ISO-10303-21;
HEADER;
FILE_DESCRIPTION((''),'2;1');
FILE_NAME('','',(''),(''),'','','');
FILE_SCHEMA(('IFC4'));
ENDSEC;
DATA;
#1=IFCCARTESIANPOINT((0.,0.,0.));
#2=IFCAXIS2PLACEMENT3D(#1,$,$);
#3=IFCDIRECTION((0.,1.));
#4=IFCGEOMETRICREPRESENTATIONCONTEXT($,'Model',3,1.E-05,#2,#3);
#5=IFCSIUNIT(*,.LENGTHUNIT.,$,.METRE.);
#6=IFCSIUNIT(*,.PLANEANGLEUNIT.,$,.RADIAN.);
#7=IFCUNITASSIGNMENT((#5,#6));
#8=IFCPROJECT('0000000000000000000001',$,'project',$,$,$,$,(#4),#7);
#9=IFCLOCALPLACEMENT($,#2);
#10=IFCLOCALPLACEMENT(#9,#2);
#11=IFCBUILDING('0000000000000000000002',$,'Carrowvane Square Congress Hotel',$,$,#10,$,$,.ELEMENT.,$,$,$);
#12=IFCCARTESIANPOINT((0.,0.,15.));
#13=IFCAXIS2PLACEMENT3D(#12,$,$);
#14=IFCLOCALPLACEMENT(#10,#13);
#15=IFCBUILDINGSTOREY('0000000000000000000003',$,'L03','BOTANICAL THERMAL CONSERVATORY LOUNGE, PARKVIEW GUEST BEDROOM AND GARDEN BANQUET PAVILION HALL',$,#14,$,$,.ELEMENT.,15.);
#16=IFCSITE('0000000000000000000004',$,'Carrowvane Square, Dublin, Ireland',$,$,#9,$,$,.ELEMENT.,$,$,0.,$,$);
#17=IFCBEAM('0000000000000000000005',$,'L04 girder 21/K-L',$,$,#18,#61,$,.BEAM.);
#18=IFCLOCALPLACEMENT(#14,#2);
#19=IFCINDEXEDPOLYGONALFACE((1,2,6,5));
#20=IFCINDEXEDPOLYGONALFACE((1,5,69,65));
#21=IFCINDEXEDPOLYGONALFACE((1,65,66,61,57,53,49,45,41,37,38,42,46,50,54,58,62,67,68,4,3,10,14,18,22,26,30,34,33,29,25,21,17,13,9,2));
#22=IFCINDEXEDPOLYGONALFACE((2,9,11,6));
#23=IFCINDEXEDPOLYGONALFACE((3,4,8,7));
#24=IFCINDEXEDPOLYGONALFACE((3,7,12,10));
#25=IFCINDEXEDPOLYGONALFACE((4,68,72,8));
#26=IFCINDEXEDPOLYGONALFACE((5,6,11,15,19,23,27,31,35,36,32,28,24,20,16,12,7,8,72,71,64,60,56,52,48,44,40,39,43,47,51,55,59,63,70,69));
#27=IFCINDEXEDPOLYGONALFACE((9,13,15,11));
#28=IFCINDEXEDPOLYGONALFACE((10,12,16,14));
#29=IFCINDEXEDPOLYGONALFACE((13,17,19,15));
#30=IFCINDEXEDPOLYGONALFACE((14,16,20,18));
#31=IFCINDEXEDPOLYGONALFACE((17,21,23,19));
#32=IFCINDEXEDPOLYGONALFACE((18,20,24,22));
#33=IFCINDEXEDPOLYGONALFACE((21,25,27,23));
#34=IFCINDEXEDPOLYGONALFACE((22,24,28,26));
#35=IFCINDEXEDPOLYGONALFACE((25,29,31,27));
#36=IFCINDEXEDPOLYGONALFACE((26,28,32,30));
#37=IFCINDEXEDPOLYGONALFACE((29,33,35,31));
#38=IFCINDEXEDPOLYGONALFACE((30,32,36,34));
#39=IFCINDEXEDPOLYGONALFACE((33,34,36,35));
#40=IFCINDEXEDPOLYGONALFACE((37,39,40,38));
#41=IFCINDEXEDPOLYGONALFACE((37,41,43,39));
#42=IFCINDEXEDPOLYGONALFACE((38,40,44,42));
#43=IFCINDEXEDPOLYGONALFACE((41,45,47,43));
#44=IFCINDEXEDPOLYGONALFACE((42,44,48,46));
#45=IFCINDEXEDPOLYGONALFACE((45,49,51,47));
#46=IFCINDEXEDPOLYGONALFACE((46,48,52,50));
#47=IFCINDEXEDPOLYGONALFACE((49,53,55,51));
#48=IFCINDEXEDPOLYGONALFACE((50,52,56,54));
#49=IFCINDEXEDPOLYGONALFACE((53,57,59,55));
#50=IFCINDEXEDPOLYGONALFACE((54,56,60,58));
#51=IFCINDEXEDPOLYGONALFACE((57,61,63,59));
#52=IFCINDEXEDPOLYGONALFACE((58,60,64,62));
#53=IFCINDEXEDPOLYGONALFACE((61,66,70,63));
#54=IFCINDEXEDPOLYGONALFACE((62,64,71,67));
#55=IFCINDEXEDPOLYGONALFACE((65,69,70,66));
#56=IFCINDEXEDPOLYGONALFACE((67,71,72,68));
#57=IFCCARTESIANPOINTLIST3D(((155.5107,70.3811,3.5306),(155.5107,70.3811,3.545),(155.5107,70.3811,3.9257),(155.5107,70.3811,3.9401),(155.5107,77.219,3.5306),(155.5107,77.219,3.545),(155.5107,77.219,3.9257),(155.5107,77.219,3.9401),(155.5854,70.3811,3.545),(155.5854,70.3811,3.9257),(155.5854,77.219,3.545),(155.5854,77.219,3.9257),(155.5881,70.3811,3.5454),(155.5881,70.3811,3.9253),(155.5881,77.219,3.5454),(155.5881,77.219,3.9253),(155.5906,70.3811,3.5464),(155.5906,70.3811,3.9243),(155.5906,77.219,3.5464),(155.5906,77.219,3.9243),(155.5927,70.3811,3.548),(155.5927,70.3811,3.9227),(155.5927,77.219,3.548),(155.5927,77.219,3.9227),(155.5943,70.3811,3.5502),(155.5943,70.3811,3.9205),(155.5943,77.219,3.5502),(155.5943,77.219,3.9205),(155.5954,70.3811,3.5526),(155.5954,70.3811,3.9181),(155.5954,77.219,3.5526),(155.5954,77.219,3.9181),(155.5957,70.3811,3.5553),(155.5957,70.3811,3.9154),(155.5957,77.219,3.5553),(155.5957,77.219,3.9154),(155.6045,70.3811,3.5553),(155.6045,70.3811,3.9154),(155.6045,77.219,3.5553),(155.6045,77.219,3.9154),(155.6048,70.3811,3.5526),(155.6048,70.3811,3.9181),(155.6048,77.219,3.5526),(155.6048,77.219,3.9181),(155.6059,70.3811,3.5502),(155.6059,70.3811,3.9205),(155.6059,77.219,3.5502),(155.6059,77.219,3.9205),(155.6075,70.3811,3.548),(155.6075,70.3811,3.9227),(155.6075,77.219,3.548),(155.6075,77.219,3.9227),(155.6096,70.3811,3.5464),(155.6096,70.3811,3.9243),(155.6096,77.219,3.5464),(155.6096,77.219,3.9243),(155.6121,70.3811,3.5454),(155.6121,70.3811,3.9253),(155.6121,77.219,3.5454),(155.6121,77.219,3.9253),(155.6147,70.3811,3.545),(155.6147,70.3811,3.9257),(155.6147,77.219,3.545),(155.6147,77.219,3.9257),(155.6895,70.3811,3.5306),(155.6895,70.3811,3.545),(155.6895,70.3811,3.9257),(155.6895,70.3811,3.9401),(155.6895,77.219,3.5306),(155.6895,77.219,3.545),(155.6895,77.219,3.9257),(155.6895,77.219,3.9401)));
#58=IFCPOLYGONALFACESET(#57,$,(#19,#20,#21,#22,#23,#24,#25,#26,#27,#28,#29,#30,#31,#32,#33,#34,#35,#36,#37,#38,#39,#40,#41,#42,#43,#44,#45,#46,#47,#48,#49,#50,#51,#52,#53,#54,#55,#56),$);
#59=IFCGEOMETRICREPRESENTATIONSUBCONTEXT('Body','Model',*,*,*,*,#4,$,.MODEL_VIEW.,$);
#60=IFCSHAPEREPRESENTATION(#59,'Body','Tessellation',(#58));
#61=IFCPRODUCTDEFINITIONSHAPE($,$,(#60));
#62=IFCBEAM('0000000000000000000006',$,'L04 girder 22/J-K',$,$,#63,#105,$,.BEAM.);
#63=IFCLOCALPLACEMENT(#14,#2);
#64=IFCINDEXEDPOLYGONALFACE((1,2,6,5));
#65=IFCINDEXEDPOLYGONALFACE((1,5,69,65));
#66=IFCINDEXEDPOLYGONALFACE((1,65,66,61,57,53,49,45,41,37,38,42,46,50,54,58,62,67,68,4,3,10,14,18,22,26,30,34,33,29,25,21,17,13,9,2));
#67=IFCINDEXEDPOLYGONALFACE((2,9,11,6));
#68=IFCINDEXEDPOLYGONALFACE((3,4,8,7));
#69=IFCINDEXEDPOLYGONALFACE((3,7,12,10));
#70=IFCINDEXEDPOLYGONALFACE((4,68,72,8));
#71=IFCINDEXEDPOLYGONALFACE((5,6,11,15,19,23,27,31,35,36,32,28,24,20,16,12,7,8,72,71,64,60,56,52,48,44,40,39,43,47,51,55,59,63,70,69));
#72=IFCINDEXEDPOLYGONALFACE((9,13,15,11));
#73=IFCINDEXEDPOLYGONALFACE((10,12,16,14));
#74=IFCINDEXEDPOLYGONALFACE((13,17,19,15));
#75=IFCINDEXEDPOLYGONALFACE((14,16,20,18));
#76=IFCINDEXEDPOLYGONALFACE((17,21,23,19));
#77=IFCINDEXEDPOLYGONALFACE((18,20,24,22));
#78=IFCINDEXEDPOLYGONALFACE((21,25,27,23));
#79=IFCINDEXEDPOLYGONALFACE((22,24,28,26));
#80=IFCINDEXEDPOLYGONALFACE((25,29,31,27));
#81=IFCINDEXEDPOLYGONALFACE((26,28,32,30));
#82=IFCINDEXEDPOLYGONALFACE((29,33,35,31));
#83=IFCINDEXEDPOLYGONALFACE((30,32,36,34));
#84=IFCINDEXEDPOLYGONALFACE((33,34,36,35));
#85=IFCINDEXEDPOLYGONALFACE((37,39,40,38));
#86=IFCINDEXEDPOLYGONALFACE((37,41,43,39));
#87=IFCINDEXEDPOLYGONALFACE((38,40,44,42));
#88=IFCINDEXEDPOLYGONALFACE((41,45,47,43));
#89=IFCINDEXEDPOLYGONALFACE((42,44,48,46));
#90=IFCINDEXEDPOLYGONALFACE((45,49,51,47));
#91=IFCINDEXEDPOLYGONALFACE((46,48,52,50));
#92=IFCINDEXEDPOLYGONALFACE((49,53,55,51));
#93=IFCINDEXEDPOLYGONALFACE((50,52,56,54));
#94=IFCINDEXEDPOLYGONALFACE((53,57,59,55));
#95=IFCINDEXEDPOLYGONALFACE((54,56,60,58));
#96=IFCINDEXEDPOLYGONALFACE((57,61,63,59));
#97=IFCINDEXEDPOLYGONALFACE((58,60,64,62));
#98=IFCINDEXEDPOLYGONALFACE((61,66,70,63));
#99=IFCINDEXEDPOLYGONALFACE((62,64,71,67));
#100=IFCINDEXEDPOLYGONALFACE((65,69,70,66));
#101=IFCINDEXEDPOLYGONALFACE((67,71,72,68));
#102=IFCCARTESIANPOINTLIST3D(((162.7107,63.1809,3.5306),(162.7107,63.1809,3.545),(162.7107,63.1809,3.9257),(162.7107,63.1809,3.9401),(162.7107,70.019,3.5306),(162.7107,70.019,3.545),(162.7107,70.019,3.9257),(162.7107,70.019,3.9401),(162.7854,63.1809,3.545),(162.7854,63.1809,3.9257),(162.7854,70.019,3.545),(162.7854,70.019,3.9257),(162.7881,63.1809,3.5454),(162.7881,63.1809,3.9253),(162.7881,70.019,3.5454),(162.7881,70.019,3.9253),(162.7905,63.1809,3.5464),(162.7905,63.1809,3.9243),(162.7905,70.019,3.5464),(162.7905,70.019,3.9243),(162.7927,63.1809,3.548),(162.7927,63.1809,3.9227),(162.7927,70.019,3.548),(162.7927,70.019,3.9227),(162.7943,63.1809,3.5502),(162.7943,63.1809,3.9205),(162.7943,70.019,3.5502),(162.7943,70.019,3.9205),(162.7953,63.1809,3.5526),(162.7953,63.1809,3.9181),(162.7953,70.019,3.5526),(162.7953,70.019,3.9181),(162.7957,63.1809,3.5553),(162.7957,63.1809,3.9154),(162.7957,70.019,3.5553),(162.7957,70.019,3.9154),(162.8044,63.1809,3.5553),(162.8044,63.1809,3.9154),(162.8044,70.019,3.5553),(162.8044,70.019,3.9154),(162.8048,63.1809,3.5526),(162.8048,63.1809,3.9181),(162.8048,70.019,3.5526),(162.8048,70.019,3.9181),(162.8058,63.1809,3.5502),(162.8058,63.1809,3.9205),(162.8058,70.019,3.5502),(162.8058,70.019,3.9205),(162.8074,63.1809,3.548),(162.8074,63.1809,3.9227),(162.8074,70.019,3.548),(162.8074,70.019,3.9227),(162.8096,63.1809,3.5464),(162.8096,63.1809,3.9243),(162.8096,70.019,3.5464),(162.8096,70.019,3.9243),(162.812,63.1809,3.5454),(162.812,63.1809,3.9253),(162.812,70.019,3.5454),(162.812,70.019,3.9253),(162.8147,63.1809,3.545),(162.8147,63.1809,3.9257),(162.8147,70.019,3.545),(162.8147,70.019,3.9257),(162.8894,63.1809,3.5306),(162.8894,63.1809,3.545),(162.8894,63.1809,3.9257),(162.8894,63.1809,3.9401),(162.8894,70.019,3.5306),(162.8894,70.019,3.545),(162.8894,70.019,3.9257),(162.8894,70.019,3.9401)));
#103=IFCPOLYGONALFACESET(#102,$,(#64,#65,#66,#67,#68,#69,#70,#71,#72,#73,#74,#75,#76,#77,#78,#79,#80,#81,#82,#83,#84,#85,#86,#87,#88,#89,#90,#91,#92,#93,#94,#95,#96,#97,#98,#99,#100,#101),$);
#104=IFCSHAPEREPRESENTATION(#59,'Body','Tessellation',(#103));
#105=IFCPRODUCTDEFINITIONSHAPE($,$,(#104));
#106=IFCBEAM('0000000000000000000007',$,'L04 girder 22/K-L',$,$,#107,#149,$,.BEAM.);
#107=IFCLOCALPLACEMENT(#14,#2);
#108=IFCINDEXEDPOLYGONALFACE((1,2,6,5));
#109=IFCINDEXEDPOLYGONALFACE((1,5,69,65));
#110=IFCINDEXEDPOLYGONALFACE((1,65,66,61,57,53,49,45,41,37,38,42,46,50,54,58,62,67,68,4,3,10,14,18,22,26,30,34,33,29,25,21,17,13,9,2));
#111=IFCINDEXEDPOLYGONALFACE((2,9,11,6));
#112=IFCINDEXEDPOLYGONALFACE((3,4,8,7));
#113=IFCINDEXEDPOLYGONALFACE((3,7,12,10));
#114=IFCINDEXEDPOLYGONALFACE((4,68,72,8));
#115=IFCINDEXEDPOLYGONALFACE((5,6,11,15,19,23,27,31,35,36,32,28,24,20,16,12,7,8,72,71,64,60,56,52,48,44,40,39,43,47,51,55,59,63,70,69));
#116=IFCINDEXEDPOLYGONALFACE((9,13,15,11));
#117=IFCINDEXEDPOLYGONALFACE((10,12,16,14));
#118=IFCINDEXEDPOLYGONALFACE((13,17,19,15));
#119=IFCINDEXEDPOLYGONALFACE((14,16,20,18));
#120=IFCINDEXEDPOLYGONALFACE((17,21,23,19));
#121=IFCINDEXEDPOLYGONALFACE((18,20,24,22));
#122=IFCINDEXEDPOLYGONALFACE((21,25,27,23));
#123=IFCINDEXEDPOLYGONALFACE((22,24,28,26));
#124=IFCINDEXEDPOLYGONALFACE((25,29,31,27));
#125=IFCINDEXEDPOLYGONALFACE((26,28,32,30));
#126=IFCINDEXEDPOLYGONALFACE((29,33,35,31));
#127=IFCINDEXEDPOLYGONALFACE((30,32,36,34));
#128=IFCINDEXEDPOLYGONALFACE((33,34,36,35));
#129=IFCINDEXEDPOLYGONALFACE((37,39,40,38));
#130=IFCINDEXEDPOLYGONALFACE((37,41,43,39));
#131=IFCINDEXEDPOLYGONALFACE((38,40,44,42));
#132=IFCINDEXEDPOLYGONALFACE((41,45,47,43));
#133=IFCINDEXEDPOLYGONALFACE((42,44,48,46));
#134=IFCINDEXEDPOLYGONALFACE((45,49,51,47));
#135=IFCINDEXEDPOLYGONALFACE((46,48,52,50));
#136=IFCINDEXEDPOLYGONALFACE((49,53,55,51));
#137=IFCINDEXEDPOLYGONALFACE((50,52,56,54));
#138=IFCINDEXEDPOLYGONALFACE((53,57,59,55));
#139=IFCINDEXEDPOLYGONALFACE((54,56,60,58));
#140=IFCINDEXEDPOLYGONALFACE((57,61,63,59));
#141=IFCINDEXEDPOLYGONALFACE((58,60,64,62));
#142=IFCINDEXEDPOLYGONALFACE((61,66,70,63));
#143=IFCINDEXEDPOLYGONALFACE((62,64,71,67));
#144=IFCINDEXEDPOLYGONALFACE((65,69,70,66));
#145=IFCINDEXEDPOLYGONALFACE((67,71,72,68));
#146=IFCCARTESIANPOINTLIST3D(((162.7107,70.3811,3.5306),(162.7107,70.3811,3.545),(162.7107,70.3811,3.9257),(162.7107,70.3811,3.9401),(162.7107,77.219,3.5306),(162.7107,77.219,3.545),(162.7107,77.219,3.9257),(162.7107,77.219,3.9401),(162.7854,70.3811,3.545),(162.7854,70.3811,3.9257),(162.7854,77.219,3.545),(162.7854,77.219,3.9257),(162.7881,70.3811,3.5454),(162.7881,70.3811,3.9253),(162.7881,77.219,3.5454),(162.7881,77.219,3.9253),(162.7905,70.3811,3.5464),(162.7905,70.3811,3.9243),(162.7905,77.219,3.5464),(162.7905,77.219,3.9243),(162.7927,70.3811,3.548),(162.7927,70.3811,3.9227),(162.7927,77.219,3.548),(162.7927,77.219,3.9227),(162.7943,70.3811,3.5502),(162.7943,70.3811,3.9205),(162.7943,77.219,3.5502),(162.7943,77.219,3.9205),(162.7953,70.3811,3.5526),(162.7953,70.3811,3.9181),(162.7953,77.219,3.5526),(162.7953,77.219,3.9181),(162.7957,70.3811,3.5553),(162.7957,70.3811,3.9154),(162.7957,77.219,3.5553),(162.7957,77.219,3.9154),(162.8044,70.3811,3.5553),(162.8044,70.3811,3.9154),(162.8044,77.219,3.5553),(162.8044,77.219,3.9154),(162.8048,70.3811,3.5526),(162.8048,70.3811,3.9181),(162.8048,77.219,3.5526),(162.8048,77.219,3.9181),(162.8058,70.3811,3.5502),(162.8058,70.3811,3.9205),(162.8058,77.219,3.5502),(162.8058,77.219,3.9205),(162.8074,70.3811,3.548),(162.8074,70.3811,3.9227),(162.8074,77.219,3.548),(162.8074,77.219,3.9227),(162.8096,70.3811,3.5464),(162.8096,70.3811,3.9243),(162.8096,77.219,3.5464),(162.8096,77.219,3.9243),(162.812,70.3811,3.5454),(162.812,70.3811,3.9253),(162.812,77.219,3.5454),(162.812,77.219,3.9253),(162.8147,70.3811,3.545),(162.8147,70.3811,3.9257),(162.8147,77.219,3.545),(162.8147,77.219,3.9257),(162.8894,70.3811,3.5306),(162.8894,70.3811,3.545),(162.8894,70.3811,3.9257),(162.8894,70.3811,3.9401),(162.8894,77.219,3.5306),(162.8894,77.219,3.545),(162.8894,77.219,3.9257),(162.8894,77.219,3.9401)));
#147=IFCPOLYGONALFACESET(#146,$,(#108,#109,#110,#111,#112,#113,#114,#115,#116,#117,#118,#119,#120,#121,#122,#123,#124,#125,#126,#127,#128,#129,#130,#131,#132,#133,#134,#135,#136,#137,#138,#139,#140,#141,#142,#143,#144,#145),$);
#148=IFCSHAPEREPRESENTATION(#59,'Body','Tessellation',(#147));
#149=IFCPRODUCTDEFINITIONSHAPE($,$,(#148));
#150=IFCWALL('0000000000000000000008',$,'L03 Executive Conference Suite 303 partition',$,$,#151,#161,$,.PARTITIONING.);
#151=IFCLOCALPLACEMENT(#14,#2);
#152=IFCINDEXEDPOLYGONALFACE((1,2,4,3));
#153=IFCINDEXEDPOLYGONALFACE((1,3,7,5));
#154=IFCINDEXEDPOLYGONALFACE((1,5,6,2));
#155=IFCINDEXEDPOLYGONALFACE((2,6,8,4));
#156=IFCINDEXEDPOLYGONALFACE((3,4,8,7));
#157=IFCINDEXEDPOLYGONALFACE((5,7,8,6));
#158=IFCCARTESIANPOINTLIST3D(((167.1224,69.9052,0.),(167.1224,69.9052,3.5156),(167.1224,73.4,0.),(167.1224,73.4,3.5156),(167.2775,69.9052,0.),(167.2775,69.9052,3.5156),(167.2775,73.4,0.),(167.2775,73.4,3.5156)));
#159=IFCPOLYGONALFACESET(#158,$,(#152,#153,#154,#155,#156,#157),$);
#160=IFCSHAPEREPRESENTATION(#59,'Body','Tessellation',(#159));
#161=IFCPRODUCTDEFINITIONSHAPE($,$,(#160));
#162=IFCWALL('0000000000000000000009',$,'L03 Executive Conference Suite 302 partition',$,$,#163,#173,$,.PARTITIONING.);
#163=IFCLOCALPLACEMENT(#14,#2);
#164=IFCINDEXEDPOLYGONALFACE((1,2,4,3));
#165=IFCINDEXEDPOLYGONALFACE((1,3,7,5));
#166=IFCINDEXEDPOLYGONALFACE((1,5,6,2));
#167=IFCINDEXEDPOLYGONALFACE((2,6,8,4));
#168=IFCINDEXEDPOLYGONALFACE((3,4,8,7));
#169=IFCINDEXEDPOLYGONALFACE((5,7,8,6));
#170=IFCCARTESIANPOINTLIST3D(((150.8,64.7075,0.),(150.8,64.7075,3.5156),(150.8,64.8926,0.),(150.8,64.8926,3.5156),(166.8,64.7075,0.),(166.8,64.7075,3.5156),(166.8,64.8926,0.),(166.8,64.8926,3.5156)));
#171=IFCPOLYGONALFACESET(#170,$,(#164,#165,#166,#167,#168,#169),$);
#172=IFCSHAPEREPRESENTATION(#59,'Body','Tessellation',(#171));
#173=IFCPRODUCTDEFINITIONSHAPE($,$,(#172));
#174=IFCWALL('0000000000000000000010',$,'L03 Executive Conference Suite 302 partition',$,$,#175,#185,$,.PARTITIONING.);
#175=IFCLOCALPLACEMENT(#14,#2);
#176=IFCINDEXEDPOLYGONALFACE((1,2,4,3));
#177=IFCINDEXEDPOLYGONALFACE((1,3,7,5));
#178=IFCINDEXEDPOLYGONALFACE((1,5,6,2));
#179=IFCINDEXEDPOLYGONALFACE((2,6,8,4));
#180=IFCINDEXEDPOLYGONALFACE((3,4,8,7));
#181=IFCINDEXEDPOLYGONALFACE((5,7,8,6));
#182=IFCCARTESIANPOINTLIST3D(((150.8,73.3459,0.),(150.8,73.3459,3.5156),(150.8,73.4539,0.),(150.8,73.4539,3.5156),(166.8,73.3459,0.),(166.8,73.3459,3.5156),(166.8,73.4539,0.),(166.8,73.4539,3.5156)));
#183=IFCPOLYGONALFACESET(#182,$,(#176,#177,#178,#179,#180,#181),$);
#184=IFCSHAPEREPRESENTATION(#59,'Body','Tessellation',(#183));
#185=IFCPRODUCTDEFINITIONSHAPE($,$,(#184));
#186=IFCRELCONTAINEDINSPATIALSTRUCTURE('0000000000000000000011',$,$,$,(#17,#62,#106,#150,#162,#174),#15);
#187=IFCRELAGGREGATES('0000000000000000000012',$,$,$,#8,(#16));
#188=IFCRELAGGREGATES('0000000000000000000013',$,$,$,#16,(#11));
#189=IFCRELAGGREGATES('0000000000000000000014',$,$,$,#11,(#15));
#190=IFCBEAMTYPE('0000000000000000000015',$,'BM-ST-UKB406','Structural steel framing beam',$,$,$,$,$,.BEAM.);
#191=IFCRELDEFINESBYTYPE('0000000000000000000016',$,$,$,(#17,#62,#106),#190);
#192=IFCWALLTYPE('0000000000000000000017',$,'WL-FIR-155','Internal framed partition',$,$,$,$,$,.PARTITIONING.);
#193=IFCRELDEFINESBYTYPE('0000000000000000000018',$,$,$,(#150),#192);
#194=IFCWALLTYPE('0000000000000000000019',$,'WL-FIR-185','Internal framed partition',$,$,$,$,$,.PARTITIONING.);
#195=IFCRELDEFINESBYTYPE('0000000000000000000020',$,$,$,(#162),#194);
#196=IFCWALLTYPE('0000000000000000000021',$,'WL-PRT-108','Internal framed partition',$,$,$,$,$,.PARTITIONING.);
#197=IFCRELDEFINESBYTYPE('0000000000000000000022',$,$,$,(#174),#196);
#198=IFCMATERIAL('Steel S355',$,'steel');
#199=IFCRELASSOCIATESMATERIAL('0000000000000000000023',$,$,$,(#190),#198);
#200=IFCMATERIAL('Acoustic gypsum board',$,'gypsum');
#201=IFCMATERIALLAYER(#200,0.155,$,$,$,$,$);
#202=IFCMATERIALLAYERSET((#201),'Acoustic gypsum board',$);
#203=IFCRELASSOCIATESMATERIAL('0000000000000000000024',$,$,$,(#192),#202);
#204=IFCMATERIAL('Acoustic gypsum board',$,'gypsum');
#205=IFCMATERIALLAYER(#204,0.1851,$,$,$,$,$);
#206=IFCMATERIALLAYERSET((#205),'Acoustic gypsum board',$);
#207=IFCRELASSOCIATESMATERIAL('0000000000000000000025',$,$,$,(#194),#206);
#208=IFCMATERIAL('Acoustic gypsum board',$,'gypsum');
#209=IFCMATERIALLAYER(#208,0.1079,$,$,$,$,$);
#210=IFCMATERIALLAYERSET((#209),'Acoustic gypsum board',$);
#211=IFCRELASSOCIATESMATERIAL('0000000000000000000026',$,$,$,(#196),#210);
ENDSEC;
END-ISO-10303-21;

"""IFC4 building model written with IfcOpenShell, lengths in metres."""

from ifc_helpers import new_model, si_unit, direction, frame, frame_2d, origin, origin_2d, place, context, subcontext, project, spatial, rectangle, i_section, extrude, material, layer, layer_set, material_profile, profile_set, type_object, element, save


model = new_model("IFC4")

# Units and contexts
model_context = context("Model", 3, precision=1e-05, world=origin(), true_north=direction((0.0, 1.0)))
body_context = subcontext(model_context, "Body", "Model", "MODEL_VIEW")
ifc_project = project(units=[si_unit("LENGTHUNIT", "METRE"), si_unit("PLANEANGLEUNIT", "RADIAN")], contexts=[model_context])

# Site, building, storey
site_placement = place(None, origin())
site = spatial("IfcSite", under=ifc_project, at=site_placement, Name="Carrowvane Square, Dublin, Ireland", CompositionType="ELEMENT", RefElevation=0.0)
building_placement = place(site_placement, origin())
building = spatial("IfcBuilding", under=site, at=building_placement, Name="Carrowvane Square Congress Hotel", CompositionType="ELEMENT")
storey_placement = place(building_placement, frame((0.0, 0.0, 15.0)))
storey = spatial("IfcBuildingStorey", under=building, at=storey_placement, Name="L03", Description="BOTANICAL THERMAL CONSERVATORY LOUNGE, PARKVIEW GUEST BEDROOM AND GARDEN BANQUET PAVILION HALL", CompositionType="ELEMENT", Elevation=15.0)

# Beams
ifc_material_1 = material(Name="Steel S355", Category="steel")
ifc_material_profile_1 = material_profile(ifc_material_1, i_section(OverallWidth=0.1787, OverallDepth=0.4094, WebThickness=0.0088, FlangeThickness=0.0144, FilletRadius=0.0103, at=origin_2d()), Name="UKB 406x178x67")
ifc_profile_set_1 = profile_set([ifc_material_profile_1], Name="Steel S355")
beam_type_1 = type_object("IfcBeamType", Name="BM-ST-UKB406", Description="Structural steel framing beam", PredefinedType="BEAM", material=ifc_profile_set_1)
beam_1_placement = place(storey_placement, frame((155.6001, 70.3811, 3.7354), z_axis=(0.0, 1.0, 0.0), x_axis=(-1.0, 0.0, 0.0)))
element("IfcBeam", 1, at=beam_1_placement, inside=storey, type_object=beam_type_1, Name="L04 girder 21/K-L", PredefinedType="BEAM", context=body_context, shape_type="SweptSolid", body=[
    extrude(i_section(OverallWidth=0.1787, OverallDepth=0.4094, WebThickness=0.0088, FlangeThickness=0.0144, FilletRadius=0.0103, at=origin_2d()), origin(), (0.0, 0.0, 1.0), 6.8379),
])
beam_2_placement = place(storey_placement, frame((162.8, 63.1809, 3.7354), z_axis=(0.0, 1.0, 0.0), x_axis=(-1.0, 0.0, 0.0)))
element("IfcBeam", 2, at=beam_2_placement, inside=storey, type_object=beam_type_1, Name="L04 girder 22/J-K", PredefinedType="BEAM", context=body_context, shape_type="SweptSolid", body=[
    extrude(i_section(OverallWidth=0.1787, OverallDepth=0.4094, WebThickness=0.0088, FlangeThickness=0.0144, FilletRadius=0.0103, at=origin_2d()), origin(), (0.0, 0.0, 1.0), 6.8381),
])
beam_3_placement = place(storey_placement, frame((162.8, 70.3811, 3.7354), z_axis=(0.0, 1.0, 0.0), x_axis=(-1.0, 0.0, 0.0)))
element("IfcBeam", 3, at=beam_3_placement, inside=storey, type_object=beam_type_1, Name="L04 girder 22/K-L", PredefinedType="BEAM", context=body_context, shape_type="SweptSolid", body=[
    extrude(i_section(OverallWidth=0.1787, OverallDepth=0.4094, WebThickness=0.0088, FlangeThickness=0.0144, FilletRadius=0.0103, at=origin_2d()), origin(), (0.0, 0.0, 1.0), 6.8379),
])

# Walls
ifc_material_2 = material(Name="Acoustic gypsum board", Category="gypsum")
ifc_layer_1 = layer(ifc_material_2, 0.155)
ifc_layer_set_1 = layer_set([ifc_layer_1], Name="Acoustic gypsum board")
wall_type_1 = type_object("IfcWallType", Name="WL-FIR-155", Description="Internal framed partition", PredefinedType="PARTITIONING", material=ifc_layer_set_1)
wall_1_placement = place(storey_placement, frame((167.2, 69.905, 0.0), z_axis=(0.0, 0.0, 1.0), x_axis=(0.0, 1.0, 0.0)))
element("IfcWall", 4, at=wall_1_placement, inside=storey, type_object=wall_type_1, Name="L03 Executive Conference Suite 303 partition", PredefinedType="PARTITIONING", context=body_context, shape_type="SweptSolid", body=[
    extrude(rectangle(XDim=3.4949, YDim=0.155, at=frame_2d((1.7476, 0.0))), origin(), (0.0, 0.0, 1.0), 3.5156),
])
ifc_material_3 = material(Name="Acoustic gypsum board", Category="gypsum")
ifc_layer_2 = layer(ifc_material_3, 0.1851)
ifc_layer_set_2 = layer_set([ifc_layer_2], Name="Acoustic gypsum board")
wall_type_2 = type_object("IfcWallType", Name="WL-FIR-185", Description="Internal framed partition", PredefinedType="PARTITIONING", material=ifc_layer_set_2)
wall_2_placement = place(storey_placement, frame((166.8, 64.8, 0.0), z_axis=(0.0, 0.0, 1.0), x_axis=(-1.0, 0.0, 0.0)))
element("IfcWall", 5, at=wall_2_placement, inside=storey, type_object=wall_type_2, Name="L03 Executive Conference Suite 302 partition", PredefinedType="PARTITIONING", context=body_context, shape_type="SweptSolid", body=[
    extrude(rectangle(XDim=16.0, YDim=0.1851, at=frame_2d((8.0, 0.0))), origin(), (0.0, 0.0, 1.0), 3.5156),
])
ifc_material_4 = material(Name="Acoustic gypsum board", Category="gypsum")
ifc_layer_3 = layer(ifc_material_4, 0.1079)
ifc_layer_set_3 = layer_set([ifc_layer_3], Name="Acoustic gypsum board")
wall_type_3 = type_object("IfcWallType", Name="WL-PRT-108", Description="Internal framed partition", PredefinedType="PARTITIONING", material=ifc_layer_set_3)
wall_3_placement = place(storey_placement, frame((150.8, 73.3999, 0.0), z_axis=(0.0, 0.0, 1.0), x_axis=(1.0, 0.0, 0.0)))
element("IfcWall", 6, at=wall_3_placement, inside=storey, type_object=wall_type_3, Name="L03 Executive Conference Suite 302 partition", PredefinedType="PARTITIONING", context=body_context, shape_type="SweptSolid", body=[
    extrude(rectangle(XDim=16.0, YDim=0.1079, at=frame_2d((8.0, 0.0))), origin(), (0.0, 0.0, 1.0), 3.5156),
])

save(model, "model.ifc")
